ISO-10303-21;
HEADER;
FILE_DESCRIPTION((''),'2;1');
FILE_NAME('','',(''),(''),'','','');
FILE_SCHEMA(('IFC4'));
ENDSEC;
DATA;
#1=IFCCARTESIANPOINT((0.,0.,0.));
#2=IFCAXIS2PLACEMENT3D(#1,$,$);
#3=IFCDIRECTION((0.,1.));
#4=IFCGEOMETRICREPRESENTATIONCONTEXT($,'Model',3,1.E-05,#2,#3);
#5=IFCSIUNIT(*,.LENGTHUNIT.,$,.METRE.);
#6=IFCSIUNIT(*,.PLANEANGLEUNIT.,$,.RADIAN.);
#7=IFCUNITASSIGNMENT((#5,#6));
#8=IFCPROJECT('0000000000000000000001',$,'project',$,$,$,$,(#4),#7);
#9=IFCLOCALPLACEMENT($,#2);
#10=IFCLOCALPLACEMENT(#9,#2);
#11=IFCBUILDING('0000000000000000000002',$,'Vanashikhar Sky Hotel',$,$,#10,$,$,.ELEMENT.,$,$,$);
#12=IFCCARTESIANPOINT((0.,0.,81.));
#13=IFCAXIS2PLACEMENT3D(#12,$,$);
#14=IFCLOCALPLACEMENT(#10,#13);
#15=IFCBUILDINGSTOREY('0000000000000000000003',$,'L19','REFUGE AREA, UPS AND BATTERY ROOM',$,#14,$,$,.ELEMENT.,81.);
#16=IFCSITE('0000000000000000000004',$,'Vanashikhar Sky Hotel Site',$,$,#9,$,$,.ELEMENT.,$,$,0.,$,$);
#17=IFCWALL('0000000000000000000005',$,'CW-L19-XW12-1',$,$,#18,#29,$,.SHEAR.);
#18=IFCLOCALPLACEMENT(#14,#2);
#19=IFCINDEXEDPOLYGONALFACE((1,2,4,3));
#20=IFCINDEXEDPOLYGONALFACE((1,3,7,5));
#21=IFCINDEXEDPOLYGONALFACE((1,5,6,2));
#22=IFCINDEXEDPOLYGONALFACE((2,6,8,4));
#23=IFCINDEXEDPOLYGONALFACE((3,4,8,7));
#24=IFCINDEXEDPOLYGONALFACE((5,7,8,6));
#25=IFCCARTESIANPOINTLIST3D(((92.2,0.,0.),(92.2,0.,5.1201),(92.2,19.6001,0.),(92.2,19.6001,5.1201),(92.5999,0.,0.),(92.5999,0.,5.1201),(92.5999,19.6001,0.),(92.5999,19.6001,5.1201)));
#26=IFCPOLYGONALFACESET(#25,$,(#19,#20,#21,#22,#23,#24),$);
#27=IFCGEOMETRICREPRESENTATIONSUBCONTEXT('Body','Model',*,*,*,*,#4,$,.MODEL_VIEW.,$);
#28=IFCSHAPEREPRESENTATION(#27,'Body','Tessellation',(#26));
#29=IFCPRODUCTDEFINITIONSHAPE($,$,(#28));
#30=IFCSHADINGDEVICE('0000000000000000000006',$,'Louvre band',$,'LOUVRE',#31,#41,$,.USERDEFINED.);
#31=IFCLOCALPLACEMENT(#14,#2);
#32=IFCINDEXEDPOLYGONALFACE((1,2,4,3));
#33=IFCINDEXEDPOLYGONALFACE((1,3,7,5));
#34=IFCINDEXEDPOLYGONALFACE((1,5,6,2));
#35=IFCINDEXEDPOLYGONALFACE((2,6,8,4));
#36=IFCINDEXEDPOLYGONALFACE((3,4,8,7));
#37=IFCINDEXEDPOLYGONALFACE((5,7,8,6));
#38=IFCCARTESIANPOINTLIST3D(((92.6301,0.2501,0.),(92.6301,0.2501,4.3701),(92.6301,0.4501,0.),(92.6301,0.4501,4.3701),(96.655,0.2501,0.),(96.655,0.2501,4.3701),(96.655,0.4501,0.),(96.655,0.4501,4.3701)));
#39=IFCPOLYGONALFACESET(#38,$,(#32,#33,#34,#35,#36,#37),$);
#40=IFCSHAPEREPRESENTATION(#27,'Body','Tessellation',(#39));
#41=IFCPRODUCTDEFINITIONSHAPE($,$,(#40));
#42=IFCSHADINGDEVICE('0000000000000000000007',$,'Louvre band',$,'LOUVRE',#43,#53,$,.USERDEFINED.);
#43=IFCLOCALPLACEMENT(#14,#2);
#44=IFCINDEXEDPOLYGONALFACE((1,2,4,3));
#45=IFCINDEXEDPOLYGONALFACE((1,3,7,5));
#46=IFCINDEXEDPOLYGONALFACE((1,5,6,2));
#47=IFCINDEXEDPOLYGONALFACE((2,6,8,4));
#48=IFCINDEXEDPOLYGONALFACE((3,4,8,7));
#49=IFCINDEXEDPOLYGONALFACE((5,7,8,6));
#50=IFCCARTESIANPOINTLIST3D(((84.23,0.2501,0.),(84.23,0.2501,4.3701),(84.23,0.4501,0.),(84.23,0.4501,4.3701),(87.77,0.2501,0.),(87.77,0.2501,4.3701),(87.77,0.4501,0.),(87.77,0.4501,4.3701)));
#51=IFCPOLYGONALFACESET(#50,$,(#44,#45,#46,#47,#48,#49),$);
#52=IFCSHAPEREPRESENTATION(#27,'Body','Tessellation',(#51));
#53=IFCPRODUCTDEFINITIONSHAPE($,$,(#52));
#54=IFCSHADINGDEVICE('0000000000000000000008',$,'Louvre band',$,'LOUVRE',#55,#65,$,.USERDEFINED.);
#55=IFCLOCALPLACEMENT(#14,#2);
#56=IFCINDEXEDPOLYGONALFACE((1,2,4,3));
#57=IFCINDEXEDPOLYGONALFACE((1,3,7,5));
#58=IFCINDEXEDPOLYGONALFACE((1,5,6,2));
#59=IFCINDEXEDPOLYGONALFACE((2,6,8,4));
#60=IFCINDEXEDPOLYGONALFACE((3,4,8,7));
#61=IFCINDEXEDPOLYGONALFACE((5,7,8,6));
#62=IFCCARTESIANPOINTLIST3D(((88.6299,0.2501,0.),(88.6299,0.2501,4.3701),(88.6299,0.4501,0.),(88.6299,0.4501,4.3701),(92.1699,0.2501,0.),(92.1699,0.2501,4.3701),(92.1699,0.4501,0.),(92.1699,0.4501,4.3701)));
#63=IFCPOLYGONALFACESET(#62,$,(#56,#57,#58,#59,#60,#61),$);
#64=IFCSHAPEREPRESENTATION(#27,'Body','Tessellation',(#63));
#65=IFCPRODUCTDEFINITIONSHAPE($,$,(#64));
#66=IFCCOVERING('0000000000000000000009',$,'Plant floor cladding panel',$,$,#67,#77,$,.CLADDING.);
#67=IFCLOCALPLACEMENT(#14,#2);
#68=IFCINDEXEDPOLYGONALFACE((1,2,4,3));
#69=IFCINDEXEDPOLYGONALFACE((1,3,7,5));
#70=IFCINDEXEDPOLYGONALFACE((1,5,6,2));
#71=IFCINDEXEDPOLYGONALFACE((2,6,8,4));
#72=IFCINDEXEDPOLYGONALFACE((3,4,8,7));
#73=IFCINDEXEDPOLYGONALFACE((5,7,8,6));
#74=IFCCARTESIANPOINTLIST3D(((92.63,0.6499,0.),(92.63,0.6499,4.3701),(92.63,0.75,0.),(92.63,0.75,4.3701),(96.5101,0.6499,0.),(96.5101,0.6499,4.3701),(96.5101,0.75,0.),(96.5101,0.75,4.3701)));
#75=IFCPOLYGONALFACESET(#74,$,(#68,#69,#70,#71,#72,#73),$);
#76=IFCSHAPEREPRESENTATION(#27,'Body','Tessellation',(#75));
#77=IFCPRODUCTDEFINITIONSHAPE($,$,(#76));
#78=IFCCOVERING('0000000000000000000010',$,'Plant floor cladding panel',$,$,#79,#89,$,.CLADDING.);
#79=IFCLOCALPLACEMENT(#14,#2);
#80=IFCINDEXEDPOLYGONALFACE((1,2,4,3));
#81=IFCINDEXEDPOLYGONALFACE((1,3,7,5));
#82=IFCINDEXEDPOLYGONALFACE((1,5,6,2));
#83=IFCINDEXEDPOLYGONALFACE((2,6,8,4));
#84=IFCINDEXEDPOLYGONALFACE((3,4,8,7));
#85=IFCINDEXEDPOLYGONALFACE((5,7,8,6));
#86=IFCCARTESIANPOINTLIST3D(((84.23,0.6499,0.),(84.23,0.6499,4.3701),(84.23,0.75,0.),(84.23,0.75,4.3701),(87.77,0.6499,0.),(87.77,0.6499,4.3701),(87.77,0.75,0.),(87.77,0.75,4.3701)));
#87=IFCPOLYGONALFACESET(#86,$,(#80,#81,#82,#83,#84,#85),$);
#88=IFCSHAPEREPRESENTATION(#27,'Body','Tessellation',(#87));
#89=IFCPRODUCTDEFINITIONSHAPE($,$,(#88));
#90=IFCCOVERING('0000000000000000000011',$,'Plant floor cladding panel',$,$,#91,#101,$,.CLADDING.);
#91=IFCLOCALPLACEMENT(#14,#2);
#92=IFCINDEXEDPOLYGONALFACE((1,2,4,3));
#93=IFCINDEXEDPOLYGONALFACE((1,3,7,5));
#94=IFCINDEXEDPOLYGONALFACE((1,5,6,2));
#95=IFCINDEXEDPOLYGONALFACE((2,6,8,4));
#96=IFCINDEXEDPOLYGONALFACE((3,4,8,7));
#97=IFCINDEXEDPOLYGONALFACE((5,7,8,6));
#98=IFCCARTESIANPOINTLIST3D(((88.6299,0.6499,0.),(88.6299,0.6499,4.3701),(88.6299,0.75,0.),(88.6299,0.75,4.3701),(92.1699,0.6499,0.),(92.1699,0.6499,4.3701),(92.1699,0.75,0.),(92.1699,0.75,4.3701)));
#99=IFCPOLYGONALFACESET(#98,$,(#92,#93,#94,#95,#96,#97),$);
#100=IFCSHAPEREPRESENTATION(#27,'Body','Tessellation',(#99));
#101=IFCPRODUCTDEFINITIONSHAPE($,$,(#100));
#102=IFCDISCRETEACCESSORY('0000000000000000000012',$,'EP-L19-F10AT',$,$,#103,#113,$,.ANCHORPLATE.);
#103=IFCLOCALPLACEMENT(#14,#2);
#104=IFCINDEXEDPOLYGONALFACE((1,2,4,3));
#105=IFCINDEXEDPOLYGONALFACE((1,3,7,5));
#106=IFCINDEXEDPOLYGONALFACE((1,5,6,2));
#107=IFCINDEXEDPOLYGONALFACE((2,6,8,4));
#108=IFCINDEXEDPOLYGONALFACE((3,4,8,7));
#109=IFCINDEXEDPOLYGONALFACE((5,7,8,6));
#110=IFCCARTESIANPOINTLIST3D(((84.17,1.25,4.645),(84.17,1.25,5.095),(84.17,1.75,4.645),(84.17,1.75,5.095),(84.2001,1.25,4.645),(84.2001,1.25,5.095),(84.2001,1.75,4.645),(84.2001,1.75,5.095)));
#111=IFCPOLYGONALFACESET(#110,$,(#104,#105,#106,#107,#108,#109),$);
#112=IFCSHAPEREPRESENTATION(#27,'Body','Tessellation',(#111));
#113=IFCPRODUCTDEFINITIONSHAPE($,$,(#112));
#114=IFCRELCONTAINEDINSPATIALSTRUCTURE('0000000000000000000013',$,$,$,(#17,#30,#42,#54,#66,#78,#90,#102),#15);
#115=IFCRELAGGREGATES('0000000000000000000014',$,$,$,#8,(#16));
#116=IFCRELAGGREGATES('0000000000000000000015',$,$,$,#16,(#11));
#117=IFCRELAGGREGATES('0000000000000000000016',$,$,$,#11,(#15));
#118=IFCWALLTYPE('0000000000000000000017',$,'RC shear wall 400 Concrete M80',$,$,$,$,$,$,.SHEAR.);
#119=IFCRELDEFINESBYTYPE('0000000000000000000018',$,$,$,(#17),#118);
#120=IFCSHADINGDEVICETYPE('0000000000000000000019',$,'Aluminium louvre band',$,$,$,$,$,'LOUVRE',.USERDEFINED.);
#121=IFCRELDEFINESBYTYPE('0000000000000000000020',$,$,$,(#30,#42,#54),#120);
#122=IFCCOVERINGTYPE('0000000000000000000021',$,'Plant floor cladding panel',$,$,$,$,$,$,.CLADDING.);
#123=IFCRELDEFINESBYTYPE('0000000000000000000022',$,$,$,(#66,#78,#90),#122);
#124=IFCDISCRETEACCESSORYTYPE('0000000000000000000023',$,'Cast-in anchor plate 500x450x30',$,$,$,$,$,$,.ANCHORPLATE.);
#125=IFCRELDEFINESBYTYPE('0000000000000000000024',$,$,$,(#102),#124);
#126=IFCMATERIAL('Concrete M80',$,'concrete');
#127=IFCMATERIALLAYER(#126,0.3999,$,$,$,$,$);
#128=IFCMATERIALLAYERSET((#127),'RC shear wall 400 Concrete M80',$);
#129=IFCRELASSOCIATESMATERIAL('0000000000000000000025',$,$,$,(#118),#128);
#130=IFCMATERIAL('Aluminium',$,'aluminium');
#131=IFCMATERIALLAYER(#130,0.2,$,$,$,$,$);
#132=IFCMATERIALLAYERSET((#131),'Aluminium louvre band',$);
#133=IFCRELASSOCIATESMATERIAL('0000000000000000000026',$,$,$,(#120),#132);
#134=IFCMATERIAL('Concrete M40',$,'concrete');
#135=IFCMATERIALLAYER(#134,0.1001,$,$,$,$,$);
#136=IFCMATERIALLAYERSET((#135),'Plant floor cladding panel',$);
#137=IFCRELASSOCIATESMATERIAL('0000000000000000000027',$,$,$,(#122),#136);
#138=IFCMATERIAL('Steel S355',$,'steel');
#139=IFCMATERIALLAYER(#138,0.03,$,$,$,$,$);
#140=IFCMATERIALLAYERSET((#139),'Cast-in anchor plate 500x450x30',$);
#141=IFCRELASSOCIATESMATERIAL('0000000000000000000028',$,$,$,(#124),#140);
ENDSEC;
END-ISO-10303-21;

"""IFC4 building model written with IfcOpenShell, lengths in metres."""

from ifc_helpers import new_model, si_unit, direction, frame, frame_2d, origin, origin_2d, place, context, subcontext, project, spatial, rectangle, extrude, source, transform, mapped, material, layer, layer_set, type_object, element, save


model = new_model("IFC4")

# Units and contexts
model_context = context("Model", 3, precision=1e-05, world=origin(), true_north=direction((0.0, 1.0)))
body_context = subcontext(model_context, "Body", "Model", "MODEL_VIEW")
ifc_project = project(units=[si_unit("LENGTHUNIT", "METRE"), si_unit("PLANEANGLEUNIT", "RADIAN")], contexts=[model_context])

# Site, building, storey
site_placement = place(None, origin())
site = spatial("IfcSite", under=ifc_project, at=site_placement, Name="Vanashikhar Sky Hotel Site", CompositionType="ELEMENT", RefElevation=0.0)
building_placement = place(site_placement, origin())
building = spatial("IfcBuilding", under=site, at=building_placement, Name="Vanashikhar Sky Hotel", CompositionType="ELEMENT")
storey_placement = place(building_placement, frame((0.0, 0.0, 81.0)))
storey = spatial("IfcBuildingStorey", under=building, at=storey_placement, Name="L19", Description="REFUGE AREA, UPS AND BATTERY ROOM", CompositionType="ELEMENT", Elevation=81.0)

# Shared definitions
ifc_material_1 = material(Name="Steel S355", Category="steel")

# Wall
ifc_material_2 = material(Name="Concrete M80", Category="concrete")
ifc_layer_1 = layer(ifc_material_2, 0.3999)
ifc_layer_set_1 = layer_set([ifc_layer_1], Name="RC shear wall 400 Concrete M80")
wall_type = type_object("IfcWallType", Name="RC shear wall 400 Concrete M80", PredefinedType="SHEAR", material=ifc_layer_set_1)
shared_shape_1 = source(origin(), body_context, "Body", "SweptSolid", [
    extrude(rectangle(XDim=19.6001, YDim=0.3999, at=frame_2d((9.8, 0.0))), origin(), (0.0, 0.0, 1.0), 5.1201),
])
wall_placement = place(storey_placement, frame((92.3999, 0.0, 0.0), z_axis=(0.0, 0.0, 1.0), x_axis=(0.0, 1.0, 0.0)))
element("IfcWall", 1, at=wall_placement, inside=storey, type_object=wall_type, Name="CW-L19-XW12-1", PredefinedType="SHEAR", context=body_context, shape_type="MappedRepresentation", body=[
    mapped(shared_shape_1, transform((0.0, 0.0, 0.0), scale=1.0)),
])

# Shading devices
ifc_material_3 = material(Name="Aluminium", Category="aluminium")
ifc_layer_2 = layer(ifc_material_3, 0.2)
ifc_layer_set_2 = layer_set([ifc_layer_2], Name="Aluminium louvre band")
shading_device_type = type_object("IfcShadingDeviceType", Name="Aluminium louvre band", ElementType="LOUVRE", PredefinedType="USERDEFINED", material=ifc_layer_set_2)
shared_shape_2 = source(origin(), body_context, "Body", "SweptSolid", [
    extrude(rectangle(XDim=4.0249, YDim=0.2, at=origin_2d()), origin(), (0.0, 0.0, 1.0), 4.3701),
])
shading_device_placement = place(storey_placement, frame((94.6426, 0.3501, 0.0), z_axis=(0.0, 0.0, 1.0), x_axis=(1.0, 0.0, 0.0)))
element("IfcShadingDevice", 2, at=shading_device_placement, inside=storey, type_object=shading_device_type, Name="Louvre band", ObjectType="LOUVRE", PredefinedType="USERDEFINED", context=body_context, shape_type="MappedRepresentation", body=[
    mapped(shared_shape_2, transform((0.0, 0.0, 0.0), scale=1.0)),
])
shared_shape_3 = source(origin(), body_context, "Body", "SweptSolid", [
    extrude(rectangle(XDim=3.54, YDim=0.2, at=origin_2d()), origin(), (0.0, 0.0, 1.0), 4.3701),
])
for number, where, z_axis, x_axis, name in (
    (3, (86.0, 0.3501, 0.0), (0.0, 0.0, 1.0), (1.0, 0.0, 0.0), "Louvre band"),
    (4, (90.3999, 0.3501, 0.0), (0.0, 0.0, 1.0), (1.0, 0.0, 0.0), "Louvre band"),
):
    element("IfcShadingDevice", number, at=place(storey_placement, frame(where, z_axis=z_axis, x_axis=x_axis)), inside=storey, type_object=shading_device_type, Name=name, ObjectType="LOUVRE", PredefinedType="USERDEFINED", context=body_context, shape_type="MappedRepresentation", body=[
        mapped(shared_shape_3, transform((0.0, 0.0, 0.0), scale=1.0)),
    ])

# Coverings
ifc_material_4 = material(Name="Concrete M40", Category="concrete")
ifc_layer_3 = layer(ifc_material_4, 0.1001)
ifc_layer_set_3 = layer_set([ifc_layer_3], Name="Plant floor cladding panel")
covering_type = type_object("IfcCoveringType", Name="Plant floor cladding panel", PredefinedType="CLADDING", material=ifc_layer_set_3)
shared_shape_4 = source(origin(), body_context, "Body", "SweptSolid", [
    extrude(rectangle(XDim=3.8801, YDim=0.1001, at=origin_2d()), origin(), (0.0, 0.0, 1.0), 4.3701),
])
covering_placement = place(storey_placement, frame((94.5701, 0.7, 0.0), z_axis=(0.0, 0.0, 1.0), x_axis=(1.0, 0.0, 0.0)))
element("IfcCovering", 5, at=covering_placement, inside=storey, type_object=covering_type, Name="Plant floor cladding panel", PredefinedType="CLADDING", context=body_context, shape_type="MappedRepresentation", body=[
    mapped(shared_shape_4, transform((0.0, 0.0, 0.0), scale=1.0)),
])
shared_shape_5 = source(origin(), body_context, "Body", "SweptSolid", [
    extrude(rectangle(XDim=3.54, YDim=0.1001, at=origin_2d()), origin(), (0.0, 0.0, 1.0), 4.3701),
])
for number, where, z_axis, x_axis, name in (
    (6, (86.0, 0.7, 0.0), (0.0, 0.0, 1.0), (1.0, 0.0, 0.0), "Plant floor cladding panel"),
    (7, (90.3999, 0.7, 0.0), (0.0, 0.0, 1.0), (1.0, 0.0, 0.0), "Plant floor cladding panel"),
):
    element("IfcCovering", number, at=place(storey_placement, frame(where, z_axis=z_axis, x_axis=x_axis)), inside=storey, type_object=covering_type, Name=name, PredefinedType="CLADDING", context=body_context, shape_type="MappedRepresentation", body=[
        mapped(shared_shape_5, transform((0.0, 0.0, 0.0), scale=1.0)),
    ])

# Discrete accessory
ifc_layer_4 = layer(ifc_material_1, 0.03)
ifc_layer_set_4 = layer_set([ifc_layer_4], Name="Cast-in anchor plate 500x450x30")
discrete_accessory_type = type_object("IfcDiscreteAccessoryType", Name="Cast-in anchor plate 500x450x30", PredefinedType="ANCHORPLATE", material=ifc_layer_set_4)
shared_shape_6 = source(origin(), body_context, "Body", "SweptSolid", [
    extrude(rectangle(XDim=0.03, YDim=0.5, at=origin_2d()), origin(), (0.0, 0.0, 1.0), 0.45),
])
discrete_accessory_placement = place(storey_placement, frame((84.1851, 1.5, 4.645), z_axis=(0.0, 0.0, 1.0), x_axis=(1.0, 0.0, 0.0)))
element("IfcDiscreteAccessory", 8, at=discrete_accessory_placement, inside=storey, type_object=discrete_accessory_type, Name="EP-L19-F10AT", PredefinedType="ANCHORPLATE", context=body_context, shape_type="MappedRepresentation", body=[
    mapped(shared_shape_6, transform((0.0, 0.0, 0.0), scale=1.0)),
])

save(model, "model.ifc")
